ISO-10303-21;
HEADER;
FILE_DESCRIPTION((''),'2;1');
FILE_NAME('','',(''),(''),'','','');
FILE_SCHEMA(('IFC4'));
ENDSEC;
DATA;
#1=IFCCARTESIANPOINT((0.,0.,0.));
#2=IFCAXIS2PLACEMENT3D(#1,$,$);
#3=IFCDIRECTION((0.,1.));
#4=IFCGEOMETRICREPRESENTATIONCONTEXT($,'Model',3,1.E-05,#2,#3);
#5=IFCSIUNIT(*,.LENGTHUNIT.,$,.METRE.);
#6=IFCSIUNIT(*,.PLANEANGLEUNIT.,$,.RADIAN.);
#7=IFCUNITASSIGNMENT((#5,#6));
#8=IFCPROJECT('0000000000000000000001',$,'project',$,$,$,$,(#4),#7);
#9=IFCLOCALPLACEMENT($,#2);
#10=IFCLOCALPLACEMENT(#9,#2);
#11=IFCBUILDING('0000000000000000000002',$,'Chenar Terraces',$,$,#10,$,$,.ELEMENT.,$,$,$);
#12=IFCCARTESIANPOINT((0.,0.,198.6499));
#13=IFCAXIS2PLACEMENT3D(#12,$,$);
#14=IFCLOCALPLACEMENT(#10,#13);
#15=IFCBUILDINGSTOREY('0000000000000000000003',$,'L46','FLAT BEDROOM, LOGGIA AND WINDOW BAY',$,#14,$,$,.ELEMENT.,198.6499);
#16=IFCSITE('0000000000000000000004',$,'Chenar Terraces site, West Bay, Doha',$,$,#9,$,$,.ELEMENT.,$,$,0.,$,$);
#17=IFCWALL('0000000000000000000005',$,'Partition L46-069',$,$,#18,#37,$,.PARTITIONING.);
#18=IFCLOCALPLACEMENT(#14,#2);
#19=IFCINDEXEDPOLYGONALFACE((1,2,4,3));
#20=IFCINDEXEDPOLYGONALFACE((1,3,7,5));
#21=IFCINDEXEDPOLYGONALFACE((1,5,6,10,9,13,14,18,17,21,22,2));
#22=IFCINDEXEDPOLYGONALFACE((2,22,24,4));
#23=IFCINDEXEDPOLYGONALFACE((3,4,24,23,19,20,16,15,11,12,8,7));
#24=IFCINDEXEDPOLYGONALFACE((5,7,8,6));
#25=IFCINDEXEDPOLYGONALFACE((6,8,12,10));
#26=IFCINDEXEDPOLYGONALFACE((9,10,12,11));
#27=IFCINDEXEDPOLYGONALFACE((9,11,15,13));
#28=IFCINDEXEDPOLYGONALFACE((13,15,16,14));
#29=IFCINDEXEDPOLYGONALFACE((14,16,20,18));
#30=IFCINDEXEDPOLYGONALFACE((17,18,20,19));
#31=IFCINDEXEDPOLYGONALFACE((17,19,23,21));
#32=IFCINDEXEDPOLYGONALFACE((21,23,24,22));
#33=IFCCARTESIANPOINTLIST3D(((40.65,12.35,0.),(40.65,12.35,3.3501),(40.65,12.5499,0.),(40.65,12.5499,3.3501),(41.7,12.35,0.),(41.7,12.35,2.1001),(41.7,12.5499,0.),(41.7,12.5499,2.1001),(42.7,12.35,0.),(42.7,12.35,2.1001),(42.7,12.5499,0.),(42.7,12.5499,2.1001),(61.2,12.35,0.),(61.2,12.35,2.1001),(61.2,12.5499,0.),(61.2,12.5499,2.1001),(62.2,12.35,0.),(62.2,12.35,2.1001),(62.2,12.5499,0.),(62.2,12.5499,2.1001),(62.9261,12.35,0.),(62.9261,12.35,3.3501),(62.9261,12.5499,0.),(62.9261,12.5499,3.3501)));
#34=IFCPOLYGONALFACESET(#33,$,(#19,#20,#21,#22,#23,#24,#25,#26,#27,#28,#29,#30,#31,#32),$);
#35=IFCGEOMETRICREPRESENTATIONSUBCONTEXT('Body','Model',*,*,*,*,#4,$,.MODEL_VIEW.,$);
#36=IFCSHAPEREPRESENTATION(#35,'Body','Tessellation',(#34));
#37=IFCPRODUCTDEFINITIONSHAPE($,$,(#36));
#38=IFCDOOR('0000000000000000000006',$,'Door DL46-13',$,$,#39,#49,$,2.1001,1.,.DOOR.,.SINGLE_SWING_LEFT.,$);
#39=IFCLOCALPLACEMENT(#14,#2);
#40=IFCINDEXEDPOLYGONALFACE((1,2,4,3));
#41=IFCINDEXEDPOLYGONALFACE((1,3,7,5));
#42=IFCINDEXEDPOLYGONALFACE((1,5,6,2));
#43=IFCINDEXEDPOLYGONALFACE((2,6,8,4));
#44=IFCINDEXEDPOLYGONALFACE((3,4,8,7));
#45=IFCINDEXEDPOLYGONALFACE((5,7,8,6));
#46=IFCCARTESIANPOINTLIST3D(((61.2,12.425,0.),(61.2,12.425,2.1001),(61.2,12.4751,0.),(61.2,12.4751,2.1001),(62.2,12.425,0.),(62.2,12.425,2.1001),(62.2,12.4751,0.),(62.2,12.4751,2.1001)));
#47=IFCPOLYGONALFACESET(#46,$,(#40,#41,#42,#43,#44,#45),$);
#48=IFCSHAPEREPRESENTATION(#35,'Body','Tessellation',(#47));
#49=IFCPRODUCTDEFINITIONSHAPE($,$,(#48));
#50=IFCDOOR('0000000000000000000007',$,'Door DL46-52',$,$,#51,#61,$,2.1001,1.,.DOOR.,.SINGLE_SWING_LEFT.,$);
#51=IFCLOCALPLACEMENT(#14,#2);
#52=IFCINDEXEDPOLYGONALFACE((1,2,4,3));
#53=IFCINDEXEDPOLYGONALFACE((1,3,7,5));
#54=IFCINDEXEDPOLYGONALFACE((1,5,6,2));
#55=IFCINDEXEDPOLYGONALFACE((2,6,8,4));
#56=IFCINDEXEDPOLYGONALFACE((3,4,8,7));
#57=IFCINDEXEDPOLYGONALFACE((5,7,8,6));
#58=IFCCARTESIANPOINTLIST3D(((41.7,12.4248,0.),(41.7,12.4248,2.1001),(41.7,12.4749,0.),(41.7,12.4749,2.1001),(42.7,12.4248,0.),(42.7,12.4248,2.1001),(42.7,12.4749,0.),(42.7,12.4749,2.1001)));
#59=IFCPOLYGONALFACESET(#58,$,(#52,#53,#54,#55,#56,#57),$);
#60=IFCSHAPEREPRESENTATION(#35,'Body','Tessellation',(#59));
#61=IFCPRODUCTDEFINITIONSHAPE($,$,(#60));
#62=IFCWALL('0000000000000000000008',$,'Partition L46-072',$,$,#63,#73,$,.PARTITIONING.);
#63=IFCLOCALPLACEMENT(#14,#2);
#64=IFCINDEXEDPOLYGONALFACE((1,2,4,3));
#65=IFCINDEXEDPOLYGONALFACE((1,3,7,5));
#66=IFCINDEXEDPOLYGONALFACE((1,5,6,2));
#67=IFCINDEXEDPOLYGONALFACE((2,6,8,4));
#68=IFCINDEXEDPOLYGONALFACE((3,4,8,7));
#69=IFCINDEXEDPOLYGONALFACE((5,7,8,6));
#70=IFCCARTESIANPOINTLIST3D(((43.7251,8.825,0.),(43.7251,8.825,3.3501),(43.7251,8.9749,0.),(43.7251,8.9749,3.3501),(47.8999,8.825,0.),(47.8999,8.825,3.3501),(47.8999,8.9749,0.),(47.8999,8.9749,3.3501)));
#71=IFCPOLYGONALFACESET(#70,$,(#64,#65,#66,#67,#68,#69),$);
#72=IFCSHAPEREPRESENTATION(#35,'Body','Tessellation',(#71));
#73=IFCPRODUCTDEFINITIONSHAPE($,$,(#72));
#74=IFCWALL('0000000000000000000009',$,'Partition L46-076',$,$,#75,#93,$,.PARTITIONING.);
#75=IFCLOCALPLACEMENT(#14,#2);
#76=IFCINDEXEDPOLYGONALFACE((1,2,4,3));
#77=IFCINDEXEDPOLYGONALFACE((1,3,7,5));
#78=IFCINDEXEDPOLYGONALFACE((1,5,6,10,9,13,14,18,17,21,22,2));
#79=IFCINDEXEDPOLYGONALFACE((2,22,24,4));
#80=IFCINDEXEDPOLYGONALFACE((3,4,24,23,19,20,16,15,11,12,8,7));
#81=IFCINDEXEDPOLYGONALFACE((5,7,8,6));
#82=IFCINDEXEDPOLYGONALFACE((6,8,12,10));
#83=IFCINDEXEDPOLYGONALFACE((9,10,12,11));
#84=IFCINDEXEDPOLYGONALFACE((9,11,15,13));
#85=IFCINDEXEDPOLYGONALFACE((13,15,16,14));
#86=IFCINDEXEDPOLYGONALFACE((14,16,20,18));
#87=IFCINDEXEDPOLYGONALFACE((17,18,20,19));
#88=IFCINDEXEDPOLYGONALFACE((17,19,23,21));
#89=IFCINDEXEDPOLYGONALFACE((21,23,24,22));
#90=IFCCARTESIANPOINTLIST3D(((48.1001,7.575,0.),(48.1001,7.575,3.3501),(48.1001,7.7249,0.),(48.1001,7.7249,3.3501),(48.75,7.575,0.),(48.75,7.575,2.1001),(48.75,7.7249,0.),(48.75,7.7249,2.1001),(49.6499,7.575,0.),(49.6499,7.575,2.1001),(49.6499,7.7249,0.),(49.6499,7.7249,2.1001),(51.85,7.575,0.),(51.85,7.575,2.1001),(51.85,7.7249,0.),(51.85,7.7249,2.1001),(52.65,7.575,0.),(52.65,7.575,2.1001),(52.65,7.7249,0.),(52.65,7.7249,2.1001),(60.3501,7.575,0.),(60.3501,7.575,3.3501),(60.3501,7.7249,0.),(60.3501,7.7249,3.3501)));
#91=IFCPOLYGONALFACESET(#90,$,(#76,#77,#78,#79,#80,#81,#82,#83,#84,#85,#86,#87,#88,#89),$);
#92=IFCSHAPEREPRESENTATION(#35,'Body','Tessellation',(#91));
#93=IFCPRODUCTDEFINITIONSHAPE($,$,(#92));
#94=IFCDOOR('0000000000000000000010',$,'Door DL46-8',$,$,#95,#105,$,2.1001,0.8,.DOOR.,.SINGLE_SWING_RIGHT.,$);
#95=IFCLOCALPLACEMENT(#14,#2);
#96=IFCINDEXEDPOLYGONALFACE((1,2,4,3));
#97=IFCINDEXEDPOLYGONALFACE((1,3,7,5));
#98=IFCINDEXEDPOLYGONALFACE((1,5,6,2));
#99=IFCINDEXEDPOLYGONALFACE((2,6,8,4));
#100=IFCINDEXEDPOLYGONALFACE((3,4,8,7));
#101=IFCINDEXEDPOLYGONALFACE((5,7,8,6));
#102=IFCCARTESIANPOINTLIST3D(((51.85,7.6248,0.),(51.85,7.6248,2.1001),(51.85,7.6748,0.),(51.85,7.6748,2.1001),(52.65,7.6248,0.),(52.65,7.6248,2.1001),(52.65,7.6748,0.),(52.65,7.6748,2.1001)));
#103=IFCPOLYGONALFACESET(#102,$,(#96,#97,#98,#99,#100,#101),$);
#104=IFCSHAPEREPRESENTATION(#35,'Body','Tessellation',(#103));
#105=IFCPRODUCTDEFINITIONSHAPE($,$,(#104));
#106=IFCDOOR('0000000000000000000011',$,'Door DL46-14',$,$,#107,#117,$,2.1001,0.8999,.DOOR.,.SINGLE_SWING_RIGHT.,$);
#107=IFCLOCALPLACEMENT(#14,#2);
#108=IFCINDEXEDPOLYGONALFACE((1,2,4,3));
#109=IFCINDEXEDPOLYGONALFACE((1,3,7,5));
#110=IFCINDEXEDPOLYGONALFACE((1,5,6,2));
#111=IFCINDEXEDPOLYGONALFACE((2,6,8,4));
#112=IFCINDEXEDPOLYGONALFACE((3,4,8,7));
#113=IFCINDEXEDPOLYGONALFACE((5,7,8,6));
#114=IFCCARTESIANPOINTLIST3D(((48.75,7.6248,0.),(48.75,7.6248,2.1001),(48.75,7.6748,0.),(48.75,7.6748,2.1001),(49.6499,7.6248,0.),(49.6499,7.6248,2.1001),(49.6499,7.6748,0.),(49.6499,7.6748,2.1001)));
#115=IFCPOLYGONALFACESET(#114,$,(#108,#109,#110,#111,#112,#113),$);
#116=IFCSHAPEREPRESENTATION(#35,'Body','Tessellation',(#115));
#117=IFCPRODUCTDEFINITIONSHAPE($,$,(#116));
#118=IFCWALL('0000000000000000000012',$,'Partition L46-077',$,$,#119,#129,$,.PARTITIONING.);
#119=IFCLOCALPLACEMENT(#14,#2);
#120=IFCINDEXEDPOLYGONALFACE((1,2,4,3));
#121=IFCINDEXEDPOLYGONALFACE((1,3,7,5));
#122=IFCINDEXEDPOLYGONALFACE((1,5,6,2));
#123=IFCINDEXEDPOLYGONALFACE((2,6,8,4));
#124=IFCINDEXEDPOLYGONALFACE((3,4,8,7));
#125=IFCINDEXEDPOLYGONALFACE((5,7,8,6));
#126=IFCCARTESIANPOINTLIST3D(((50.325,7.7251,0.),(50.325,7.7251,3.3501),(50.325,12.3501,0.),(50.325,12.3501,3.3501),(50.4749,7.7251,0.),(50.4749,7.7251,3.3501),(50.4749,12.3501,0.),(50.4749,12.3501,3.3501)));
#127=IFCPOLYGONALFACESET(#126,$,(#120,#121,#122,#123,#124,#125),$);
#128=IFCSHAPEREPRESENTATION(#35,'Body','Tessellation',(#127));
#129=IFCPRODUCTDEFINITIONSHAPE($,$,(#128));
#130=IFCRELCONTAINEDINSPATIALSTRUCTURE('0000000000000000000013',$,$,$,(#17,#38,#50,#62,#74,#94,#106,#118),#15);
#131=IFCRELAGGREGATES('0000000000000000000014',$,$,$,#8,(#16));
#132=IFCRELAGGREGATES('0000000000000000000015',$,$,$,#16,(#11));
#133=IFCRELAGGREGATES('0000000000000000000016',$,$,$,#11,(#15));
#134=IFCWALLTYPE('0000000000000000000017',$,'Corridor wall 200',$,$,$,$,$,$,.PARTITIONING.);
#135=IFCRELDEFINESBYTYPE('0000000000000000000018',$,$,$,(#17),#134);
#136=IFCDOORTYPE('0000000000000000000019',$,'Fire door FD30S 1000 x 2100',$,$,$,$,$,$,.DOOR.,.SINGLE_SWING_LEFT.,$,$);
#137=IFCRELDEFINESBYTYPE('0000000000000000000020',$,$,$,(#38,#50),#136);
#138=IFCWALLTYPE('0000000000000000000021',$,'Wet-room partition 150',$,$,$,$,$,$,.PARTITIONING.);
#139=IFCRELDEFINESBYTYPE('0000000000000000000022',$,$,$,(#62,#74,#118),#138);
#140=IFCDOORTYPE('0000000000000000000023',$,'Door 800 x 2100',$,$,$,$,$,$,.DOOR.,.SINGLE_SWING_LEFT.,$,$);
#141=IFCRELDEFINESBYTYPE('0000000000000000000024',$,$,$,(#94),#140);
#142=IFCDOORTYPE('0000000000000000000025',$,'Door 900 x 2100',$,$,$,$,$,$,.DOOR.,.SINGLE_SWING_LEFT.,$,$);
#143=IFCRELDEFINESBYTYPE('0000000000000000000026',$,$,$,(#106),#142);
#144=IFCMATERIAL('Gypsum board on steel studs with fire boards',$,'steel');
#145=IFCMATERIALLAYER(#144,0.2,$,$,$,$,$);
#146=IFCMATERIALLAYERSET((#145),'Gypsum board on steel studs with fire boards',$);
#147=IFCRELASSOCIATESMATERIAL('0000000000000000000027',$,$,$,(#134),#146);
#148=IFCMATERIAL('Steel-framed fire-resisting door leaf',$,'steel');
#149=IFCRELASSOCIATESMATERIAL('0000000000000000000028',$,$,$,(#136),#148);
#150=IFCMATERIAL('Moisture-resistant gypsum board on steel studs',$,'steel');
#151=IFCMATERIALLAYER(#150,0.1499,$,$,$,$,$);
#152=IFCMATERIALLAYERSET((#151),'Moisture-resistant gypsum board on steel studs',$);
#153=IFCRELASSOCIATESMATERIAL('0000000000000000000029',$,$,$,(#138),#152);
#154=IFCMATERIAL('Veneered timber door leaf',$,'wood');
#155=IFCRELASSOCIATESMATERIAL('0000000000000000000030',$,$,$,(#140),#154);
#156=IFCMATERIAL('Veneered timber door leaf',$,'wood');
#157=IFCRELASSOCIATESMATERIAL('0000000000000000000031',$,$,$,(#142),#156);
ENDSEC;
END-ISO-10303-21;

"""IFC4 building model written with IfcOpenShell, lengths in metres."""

from ifc_helpers import new_model, si_unit, direction, frame, frame_2d, origin, place, context, subcontext, project, spatial, rectangle, extrude, material, layer, layer_set, type_object, element, fill, save


model = new_model("IFC4")

# Units and contexts
model_context = context("Model", 3, precision=1e-05, world=origin(), true_north=direction((0.0, 1.0)))
body_context = subcontext(model_context, "Body", "Model", "MODEL_VIEW")
ifc_project = project(units=[si_unit("LENGTHUNIT", "METRE"), si_unit("PLANEANGLEUNIT", "RADIAN")], contexts=[model_context])

# Site, building, storey
site_placement = place(None, origin())
site = spatial("IfcSite", under=ifc_project, at=site_placement, Name="Chenar Terraces site, West Bay, Doha", CompositionType="ELEMENT", RefElevation=0.0)
building_placement = place(site_placement, origin())
building = spatial("IfcBuilding", under=site, at=building_placement, Name="Chenar Terraces", CompositionType="ELEMENT")
storey_placement = place(building_placement, frame((0.0, 0.0, 198.6499)))
storey = spatial("IfcBuildingStorey", under=building, at=storey_placement, Name="L46", Description="FLAT BEDROOM, LOGGIA AND WINDOW BAY", CompositionType="ELEMENT", Elevation=198.6499)

# Wall, openings, doors
ifc_material_1 = material(Name="Gypsum board on steel studs with fire boards", Category="steel")
ifc_layer_1 = layer(ifc_material_1, 0.2)
ifc_layer_set_1 = layer_set([ifc_layer_1], Name="Gypsum board on steel studs with fire boards")
wall_type_1 = type_object("IfcWallType", Name="Corridor wall 200", PredefinedType="PARTITIONING", material=ifc_layer_set_1)
wall_1_placement = place(storey_placement, frame((40.6499, 12.45, 0.0), z_axis=(0.0, 0.0, 1.0), x_axis=(1.0, 0.0, 0.0)))
wall_1 = element("IfcWall", 1, at=wall_1_placement, inside=storey, type_object=wall_type_1, Name="Partition L46-069", PredefinedType="PARTITIONING", context=body_context, shape_type="SweptSolid", body=[
    extrude(rectangle(XDim=22.2761, YDim=0.2, at=frame_2d((11.1382, 0.0))), origin(), (0.0, 0.0, 1.0), 3.3501),
])
opening_1_placement = place(wall_1_placement, frame((20.55, 0.0, 0.0)))
opening_1 = element("IfcOpeningElement", 2, at=opening_1_placement, cuts=wall_1, PredefinedType="OPENING", context=body_context, shape_type="SweptSolid", body=[
    extrude(rectangle(XDim=1.0, YDim=2.1001, at=frame_2d((0.5, 1.05))), frame((0.0, 0.1099, 0.0), z_axis=(0.0, -1.0, 0.0), x_axis=(1.0, 0.0, 0.0)), (0.0, 0.0, 1.0), 0.22),
])
opening_2_placement = place(wall_1_placement, frame((1.05, 0.0, 0.0)))
opening_2 = element("IfcOpeningElement", 3, at=opening_2_placement, cuts=wall_1, PredefinedType="OPENING", context=body_context, shape_type="SweptSolid", body=[
    extrude(rectangle(XDim=1.0, YDim=2.1001, at=frame_2d((0.5, 1.05))), frame((0.0, 0.1099, 0.0), z_axis=(0.0, -1.0, 0.0), x_axis=(1.0, 0.0, 0.0)), (0.0, 0.0, 1.0), 0.22),
])
ifc_material_2 = material(Name="Steel-framed fire-resisting door leaf", Category="steel")
door_type_1 = type_object("IfcDoorType", Name="Fire door FD30S 1000 x 2100", OperationType="SINGLE_SWING_LEFT", PredefinedType="DOOR", material=ifc_material_2)
door_1_placement = place(opening_1_placement, frame((1.0, 0.0, 0.0), z_axis=(0.0, 0.0, 1.0), x_axis=(-1.0, 0.0, 0.0)))
door_1 = element("IfcDoor", 4, at=door_1_placement, inside=storey, type_object=door_type_1, Name="Door DL46-13", OperationType="SINGLE_SWING_LEFT", OverallHeight=2.1001, OverallWidth=1.0, PredefinedType="DOOR", context=body_context, shape_type="SweptSolid", body=[
    extrude(rectangle(XDim=1.0, YDim=2.1001, at=frame_2d((0.5, 1.05))), frame((0.0, 0.0249, 0.0), z_axis=(0.0, -1.0, 0.0), x_axis=(1.0, 0.0, 0.0)), (0.0, 0.0, 1.0), 0.05),
])
fill(opening_1, door_1)
door_2_placement = place(opening_2_placement, origin())
door_2 = element("IfcDoor", 5, at=door_2_placement, inside=storey, type_object=door_type_1, Name="Door DL46-52", OperationType="SINGLE_SWING_LEFT", OverallHeight=2.1001, OverallWidth=1.0, PredefinedType="DOOR", context=body_context, shape_type="SweptSolid", body=[
    extrude(rectangle(XDim=1.0, YDim=2.1001, at=frame_2d((0.5, 1.05))), frame((0.0, 0.0249, 0.0), z_axis=(0.0, -1.0, 0.0), x_axis=(1.0, 0.0, 0.0)), (0.0, 0.0, 1.0), 0.05),
])
fill(opening_2, door_2)

# Wall
ifc_material_3 = material(Name="Moisture-resistant gypsum board on steel studs", Category="steel")
ifc_layer_2 = layer(ifc_material_3, 0.1499)
ifc_layer_set_2 = layer_set([ifc_layer_2], Name="Moisture-resistant gypsum board on steel studs")
wall_type_2 = type_object("IfcWallType", Name="Wet-room partition 150", PredefinedType="PARTITIONING", material=ifc_layer_set_2)
wall_2_placement = place(storey_placement, frame((43.7251, 8.8999, 0.0), z_axis=(0.0, 0.0, 1.0), x_axis=(1.0, 0.0, 0.0)))
element("IfcWall", 6, at=wall_2_placement, inside=storey, type_object=wall_type_2, Name="Partition L46-072", PredefinedType="PARTITIONING", context=body_context, shape_type="SweptSolid", body=[
    extrude(rectangle(XDim=4.1748, YDim=0.1499, at=frame_2d((2.0874, 0.0))), origin(), (0.0, 0.0, 1.0), 3.3501),
])

# Wall, openings, doors
wall_3_placement = place(storey_placement, frame((48.1001, 7.6499, 0.0), z_axis=(0.0, 0.0, 1.0), x_axis=(1.0, 0.0, 0.0)))
wall_3 = element("IfcWall", 7, at=wall_3_placement, inside=storey, type_object=wall_type_2, Name="Partition L46-076", PredefinedType="PARTITIONING", context=body_context, shape_type="SweptSolid", body=[
    extrude(rectangle(XDim=12.25, YDim=0.1499, at=frame_2d((6.125, 0.0))), origin(), (0.0, 0.0, 1.0), 3.3501),
])
opening_3_placement = place(wall_3_placement, frame((3.75, 0.0, 0.0)))
opening_3 = element("IfcOpeningElement", 8, at=opening_3_placement, cuts=wall_3, PredefinedType="OPENING", context=body_context, shape_type="SweptSolid", body=[
    extrude(rectangle(XDim=0.8, YDim=2.1001, at=frame_2d((0.3999, 1.05))), frame((0.0, 0.085, 0.0), z_axis=(0.0, -1.0, 0.0), x_axis=(1.0, 0.0, 0.0)), (0.0, 0.0, 1.0), 0.1699),
])
opening_4_placement = place(wall_3_placement, frame((0.6499, 0.0, 0.0)))
opening_4 = element("IfcOpeningElement", 9, at=opening_4_placement, cuts=wall_3, PredefinedType="OPENING", context=body_context, shape_type="SweptSolid", body=[
    extrude(rectangle(XDim=0.8999, YDim=2.1001, at=frame_2d((0.45, 1.05))), frame((0.0, 0.085, 0.0), z_axis=(0.0, -1.0, 0.0), x_axis=(1.0, 0.0, 0.0)), (0.0, 0.0, 1.0), 0.1699),
])
ifc_material_4 = material(Name="Veneered timber door leaf", Category="wood")
door_type_2 = type_object("IfcDoorType", Name="Door 800 x 2100", OperationType="SINGLE_SWING_LEFT", PredefinedType="DOOR", material=ifc_material_4)
door_3_placement = place(opening_3_placement, origin())
door_3 = element("IfcDoor", 10, at=door_3_placement, inside=storey, type_object=door_type_2, Name="Door DL46-8", OperationType="SINGLE_SWING_RIGHT", OverallHeight=2.1001, OverallWidth=0.8, PredefinedType="DOOR", context=body_context, shape_type="SweptSolid", body=[
    extrude(rectangle(XDim=0.8, YDim=2.1001, at=frame_2d((0.3999, 1.05))), frame((0.0, 0.0249, 0.0), z_axis=(0.0, -1.0, 0.0), x_axis=(1.0, 0.0, 0.0)), (0.0, 0.0, 1.0), 0.05),
])
fill(opening_3, door_3)
ifc_material_5 = material(Name="Veneered timber door leaf", Category="wood")
door_type_3 = type_object("IfcDoorType", Name="Door 900 x 2100", OperationType="SINGLE_SWING_LEFT", PredefinedType="DOOR", material=ifc_material_5)
door_4_placement = place(opening_4_placement, origin())
door_4 = element("IfcDoor", 11, at=door_4_placement, inside=storey, type_object=door_type_3, Name="Door DL46-14", OperationType="SINGLE_SWING_RIGHT", OverallHeight=2.1001, OverallWidth=0.8999, PredefinedType="DOOR", context=body_context, shape_type="SweptSolid", body=[
    extrude(rectangle(XDim=0.8999, YDim=2.1001, at=frame_2d((0.45, 1.05))), frame((0.0, 0.0249, 0.0), z_axis=(0.0, -1.0, 0.0), x_axis=(1.0, 0.0, 0.0)), (0.0, 0.0, 1.0), 0.05),
])
fill(opening_4, door_4)

# Wall
wall_4_placement = place(storey_placement, frame((50.3999, 7.7251, 0.0), z_axis=(0.0, 0.0, 1.0), x_axis=(0.0, 1.0, 0.0)))
element("IfcWall", 12, at=wall_4_placement, inside=storey, type_object=wall_type_2, Name="Partition L46-077", PredefinedType="PARTITIONING", context=body_context, shape_type="SweptSolid", body=[
    extrude(rectangle(XDim=4.625, YDim=0.1499, at=frame_2d((2.3125, 0.0))), origin(), (0.0, 0.0, 1.0), 3.3501),
])

save(model, "model.ifc")
